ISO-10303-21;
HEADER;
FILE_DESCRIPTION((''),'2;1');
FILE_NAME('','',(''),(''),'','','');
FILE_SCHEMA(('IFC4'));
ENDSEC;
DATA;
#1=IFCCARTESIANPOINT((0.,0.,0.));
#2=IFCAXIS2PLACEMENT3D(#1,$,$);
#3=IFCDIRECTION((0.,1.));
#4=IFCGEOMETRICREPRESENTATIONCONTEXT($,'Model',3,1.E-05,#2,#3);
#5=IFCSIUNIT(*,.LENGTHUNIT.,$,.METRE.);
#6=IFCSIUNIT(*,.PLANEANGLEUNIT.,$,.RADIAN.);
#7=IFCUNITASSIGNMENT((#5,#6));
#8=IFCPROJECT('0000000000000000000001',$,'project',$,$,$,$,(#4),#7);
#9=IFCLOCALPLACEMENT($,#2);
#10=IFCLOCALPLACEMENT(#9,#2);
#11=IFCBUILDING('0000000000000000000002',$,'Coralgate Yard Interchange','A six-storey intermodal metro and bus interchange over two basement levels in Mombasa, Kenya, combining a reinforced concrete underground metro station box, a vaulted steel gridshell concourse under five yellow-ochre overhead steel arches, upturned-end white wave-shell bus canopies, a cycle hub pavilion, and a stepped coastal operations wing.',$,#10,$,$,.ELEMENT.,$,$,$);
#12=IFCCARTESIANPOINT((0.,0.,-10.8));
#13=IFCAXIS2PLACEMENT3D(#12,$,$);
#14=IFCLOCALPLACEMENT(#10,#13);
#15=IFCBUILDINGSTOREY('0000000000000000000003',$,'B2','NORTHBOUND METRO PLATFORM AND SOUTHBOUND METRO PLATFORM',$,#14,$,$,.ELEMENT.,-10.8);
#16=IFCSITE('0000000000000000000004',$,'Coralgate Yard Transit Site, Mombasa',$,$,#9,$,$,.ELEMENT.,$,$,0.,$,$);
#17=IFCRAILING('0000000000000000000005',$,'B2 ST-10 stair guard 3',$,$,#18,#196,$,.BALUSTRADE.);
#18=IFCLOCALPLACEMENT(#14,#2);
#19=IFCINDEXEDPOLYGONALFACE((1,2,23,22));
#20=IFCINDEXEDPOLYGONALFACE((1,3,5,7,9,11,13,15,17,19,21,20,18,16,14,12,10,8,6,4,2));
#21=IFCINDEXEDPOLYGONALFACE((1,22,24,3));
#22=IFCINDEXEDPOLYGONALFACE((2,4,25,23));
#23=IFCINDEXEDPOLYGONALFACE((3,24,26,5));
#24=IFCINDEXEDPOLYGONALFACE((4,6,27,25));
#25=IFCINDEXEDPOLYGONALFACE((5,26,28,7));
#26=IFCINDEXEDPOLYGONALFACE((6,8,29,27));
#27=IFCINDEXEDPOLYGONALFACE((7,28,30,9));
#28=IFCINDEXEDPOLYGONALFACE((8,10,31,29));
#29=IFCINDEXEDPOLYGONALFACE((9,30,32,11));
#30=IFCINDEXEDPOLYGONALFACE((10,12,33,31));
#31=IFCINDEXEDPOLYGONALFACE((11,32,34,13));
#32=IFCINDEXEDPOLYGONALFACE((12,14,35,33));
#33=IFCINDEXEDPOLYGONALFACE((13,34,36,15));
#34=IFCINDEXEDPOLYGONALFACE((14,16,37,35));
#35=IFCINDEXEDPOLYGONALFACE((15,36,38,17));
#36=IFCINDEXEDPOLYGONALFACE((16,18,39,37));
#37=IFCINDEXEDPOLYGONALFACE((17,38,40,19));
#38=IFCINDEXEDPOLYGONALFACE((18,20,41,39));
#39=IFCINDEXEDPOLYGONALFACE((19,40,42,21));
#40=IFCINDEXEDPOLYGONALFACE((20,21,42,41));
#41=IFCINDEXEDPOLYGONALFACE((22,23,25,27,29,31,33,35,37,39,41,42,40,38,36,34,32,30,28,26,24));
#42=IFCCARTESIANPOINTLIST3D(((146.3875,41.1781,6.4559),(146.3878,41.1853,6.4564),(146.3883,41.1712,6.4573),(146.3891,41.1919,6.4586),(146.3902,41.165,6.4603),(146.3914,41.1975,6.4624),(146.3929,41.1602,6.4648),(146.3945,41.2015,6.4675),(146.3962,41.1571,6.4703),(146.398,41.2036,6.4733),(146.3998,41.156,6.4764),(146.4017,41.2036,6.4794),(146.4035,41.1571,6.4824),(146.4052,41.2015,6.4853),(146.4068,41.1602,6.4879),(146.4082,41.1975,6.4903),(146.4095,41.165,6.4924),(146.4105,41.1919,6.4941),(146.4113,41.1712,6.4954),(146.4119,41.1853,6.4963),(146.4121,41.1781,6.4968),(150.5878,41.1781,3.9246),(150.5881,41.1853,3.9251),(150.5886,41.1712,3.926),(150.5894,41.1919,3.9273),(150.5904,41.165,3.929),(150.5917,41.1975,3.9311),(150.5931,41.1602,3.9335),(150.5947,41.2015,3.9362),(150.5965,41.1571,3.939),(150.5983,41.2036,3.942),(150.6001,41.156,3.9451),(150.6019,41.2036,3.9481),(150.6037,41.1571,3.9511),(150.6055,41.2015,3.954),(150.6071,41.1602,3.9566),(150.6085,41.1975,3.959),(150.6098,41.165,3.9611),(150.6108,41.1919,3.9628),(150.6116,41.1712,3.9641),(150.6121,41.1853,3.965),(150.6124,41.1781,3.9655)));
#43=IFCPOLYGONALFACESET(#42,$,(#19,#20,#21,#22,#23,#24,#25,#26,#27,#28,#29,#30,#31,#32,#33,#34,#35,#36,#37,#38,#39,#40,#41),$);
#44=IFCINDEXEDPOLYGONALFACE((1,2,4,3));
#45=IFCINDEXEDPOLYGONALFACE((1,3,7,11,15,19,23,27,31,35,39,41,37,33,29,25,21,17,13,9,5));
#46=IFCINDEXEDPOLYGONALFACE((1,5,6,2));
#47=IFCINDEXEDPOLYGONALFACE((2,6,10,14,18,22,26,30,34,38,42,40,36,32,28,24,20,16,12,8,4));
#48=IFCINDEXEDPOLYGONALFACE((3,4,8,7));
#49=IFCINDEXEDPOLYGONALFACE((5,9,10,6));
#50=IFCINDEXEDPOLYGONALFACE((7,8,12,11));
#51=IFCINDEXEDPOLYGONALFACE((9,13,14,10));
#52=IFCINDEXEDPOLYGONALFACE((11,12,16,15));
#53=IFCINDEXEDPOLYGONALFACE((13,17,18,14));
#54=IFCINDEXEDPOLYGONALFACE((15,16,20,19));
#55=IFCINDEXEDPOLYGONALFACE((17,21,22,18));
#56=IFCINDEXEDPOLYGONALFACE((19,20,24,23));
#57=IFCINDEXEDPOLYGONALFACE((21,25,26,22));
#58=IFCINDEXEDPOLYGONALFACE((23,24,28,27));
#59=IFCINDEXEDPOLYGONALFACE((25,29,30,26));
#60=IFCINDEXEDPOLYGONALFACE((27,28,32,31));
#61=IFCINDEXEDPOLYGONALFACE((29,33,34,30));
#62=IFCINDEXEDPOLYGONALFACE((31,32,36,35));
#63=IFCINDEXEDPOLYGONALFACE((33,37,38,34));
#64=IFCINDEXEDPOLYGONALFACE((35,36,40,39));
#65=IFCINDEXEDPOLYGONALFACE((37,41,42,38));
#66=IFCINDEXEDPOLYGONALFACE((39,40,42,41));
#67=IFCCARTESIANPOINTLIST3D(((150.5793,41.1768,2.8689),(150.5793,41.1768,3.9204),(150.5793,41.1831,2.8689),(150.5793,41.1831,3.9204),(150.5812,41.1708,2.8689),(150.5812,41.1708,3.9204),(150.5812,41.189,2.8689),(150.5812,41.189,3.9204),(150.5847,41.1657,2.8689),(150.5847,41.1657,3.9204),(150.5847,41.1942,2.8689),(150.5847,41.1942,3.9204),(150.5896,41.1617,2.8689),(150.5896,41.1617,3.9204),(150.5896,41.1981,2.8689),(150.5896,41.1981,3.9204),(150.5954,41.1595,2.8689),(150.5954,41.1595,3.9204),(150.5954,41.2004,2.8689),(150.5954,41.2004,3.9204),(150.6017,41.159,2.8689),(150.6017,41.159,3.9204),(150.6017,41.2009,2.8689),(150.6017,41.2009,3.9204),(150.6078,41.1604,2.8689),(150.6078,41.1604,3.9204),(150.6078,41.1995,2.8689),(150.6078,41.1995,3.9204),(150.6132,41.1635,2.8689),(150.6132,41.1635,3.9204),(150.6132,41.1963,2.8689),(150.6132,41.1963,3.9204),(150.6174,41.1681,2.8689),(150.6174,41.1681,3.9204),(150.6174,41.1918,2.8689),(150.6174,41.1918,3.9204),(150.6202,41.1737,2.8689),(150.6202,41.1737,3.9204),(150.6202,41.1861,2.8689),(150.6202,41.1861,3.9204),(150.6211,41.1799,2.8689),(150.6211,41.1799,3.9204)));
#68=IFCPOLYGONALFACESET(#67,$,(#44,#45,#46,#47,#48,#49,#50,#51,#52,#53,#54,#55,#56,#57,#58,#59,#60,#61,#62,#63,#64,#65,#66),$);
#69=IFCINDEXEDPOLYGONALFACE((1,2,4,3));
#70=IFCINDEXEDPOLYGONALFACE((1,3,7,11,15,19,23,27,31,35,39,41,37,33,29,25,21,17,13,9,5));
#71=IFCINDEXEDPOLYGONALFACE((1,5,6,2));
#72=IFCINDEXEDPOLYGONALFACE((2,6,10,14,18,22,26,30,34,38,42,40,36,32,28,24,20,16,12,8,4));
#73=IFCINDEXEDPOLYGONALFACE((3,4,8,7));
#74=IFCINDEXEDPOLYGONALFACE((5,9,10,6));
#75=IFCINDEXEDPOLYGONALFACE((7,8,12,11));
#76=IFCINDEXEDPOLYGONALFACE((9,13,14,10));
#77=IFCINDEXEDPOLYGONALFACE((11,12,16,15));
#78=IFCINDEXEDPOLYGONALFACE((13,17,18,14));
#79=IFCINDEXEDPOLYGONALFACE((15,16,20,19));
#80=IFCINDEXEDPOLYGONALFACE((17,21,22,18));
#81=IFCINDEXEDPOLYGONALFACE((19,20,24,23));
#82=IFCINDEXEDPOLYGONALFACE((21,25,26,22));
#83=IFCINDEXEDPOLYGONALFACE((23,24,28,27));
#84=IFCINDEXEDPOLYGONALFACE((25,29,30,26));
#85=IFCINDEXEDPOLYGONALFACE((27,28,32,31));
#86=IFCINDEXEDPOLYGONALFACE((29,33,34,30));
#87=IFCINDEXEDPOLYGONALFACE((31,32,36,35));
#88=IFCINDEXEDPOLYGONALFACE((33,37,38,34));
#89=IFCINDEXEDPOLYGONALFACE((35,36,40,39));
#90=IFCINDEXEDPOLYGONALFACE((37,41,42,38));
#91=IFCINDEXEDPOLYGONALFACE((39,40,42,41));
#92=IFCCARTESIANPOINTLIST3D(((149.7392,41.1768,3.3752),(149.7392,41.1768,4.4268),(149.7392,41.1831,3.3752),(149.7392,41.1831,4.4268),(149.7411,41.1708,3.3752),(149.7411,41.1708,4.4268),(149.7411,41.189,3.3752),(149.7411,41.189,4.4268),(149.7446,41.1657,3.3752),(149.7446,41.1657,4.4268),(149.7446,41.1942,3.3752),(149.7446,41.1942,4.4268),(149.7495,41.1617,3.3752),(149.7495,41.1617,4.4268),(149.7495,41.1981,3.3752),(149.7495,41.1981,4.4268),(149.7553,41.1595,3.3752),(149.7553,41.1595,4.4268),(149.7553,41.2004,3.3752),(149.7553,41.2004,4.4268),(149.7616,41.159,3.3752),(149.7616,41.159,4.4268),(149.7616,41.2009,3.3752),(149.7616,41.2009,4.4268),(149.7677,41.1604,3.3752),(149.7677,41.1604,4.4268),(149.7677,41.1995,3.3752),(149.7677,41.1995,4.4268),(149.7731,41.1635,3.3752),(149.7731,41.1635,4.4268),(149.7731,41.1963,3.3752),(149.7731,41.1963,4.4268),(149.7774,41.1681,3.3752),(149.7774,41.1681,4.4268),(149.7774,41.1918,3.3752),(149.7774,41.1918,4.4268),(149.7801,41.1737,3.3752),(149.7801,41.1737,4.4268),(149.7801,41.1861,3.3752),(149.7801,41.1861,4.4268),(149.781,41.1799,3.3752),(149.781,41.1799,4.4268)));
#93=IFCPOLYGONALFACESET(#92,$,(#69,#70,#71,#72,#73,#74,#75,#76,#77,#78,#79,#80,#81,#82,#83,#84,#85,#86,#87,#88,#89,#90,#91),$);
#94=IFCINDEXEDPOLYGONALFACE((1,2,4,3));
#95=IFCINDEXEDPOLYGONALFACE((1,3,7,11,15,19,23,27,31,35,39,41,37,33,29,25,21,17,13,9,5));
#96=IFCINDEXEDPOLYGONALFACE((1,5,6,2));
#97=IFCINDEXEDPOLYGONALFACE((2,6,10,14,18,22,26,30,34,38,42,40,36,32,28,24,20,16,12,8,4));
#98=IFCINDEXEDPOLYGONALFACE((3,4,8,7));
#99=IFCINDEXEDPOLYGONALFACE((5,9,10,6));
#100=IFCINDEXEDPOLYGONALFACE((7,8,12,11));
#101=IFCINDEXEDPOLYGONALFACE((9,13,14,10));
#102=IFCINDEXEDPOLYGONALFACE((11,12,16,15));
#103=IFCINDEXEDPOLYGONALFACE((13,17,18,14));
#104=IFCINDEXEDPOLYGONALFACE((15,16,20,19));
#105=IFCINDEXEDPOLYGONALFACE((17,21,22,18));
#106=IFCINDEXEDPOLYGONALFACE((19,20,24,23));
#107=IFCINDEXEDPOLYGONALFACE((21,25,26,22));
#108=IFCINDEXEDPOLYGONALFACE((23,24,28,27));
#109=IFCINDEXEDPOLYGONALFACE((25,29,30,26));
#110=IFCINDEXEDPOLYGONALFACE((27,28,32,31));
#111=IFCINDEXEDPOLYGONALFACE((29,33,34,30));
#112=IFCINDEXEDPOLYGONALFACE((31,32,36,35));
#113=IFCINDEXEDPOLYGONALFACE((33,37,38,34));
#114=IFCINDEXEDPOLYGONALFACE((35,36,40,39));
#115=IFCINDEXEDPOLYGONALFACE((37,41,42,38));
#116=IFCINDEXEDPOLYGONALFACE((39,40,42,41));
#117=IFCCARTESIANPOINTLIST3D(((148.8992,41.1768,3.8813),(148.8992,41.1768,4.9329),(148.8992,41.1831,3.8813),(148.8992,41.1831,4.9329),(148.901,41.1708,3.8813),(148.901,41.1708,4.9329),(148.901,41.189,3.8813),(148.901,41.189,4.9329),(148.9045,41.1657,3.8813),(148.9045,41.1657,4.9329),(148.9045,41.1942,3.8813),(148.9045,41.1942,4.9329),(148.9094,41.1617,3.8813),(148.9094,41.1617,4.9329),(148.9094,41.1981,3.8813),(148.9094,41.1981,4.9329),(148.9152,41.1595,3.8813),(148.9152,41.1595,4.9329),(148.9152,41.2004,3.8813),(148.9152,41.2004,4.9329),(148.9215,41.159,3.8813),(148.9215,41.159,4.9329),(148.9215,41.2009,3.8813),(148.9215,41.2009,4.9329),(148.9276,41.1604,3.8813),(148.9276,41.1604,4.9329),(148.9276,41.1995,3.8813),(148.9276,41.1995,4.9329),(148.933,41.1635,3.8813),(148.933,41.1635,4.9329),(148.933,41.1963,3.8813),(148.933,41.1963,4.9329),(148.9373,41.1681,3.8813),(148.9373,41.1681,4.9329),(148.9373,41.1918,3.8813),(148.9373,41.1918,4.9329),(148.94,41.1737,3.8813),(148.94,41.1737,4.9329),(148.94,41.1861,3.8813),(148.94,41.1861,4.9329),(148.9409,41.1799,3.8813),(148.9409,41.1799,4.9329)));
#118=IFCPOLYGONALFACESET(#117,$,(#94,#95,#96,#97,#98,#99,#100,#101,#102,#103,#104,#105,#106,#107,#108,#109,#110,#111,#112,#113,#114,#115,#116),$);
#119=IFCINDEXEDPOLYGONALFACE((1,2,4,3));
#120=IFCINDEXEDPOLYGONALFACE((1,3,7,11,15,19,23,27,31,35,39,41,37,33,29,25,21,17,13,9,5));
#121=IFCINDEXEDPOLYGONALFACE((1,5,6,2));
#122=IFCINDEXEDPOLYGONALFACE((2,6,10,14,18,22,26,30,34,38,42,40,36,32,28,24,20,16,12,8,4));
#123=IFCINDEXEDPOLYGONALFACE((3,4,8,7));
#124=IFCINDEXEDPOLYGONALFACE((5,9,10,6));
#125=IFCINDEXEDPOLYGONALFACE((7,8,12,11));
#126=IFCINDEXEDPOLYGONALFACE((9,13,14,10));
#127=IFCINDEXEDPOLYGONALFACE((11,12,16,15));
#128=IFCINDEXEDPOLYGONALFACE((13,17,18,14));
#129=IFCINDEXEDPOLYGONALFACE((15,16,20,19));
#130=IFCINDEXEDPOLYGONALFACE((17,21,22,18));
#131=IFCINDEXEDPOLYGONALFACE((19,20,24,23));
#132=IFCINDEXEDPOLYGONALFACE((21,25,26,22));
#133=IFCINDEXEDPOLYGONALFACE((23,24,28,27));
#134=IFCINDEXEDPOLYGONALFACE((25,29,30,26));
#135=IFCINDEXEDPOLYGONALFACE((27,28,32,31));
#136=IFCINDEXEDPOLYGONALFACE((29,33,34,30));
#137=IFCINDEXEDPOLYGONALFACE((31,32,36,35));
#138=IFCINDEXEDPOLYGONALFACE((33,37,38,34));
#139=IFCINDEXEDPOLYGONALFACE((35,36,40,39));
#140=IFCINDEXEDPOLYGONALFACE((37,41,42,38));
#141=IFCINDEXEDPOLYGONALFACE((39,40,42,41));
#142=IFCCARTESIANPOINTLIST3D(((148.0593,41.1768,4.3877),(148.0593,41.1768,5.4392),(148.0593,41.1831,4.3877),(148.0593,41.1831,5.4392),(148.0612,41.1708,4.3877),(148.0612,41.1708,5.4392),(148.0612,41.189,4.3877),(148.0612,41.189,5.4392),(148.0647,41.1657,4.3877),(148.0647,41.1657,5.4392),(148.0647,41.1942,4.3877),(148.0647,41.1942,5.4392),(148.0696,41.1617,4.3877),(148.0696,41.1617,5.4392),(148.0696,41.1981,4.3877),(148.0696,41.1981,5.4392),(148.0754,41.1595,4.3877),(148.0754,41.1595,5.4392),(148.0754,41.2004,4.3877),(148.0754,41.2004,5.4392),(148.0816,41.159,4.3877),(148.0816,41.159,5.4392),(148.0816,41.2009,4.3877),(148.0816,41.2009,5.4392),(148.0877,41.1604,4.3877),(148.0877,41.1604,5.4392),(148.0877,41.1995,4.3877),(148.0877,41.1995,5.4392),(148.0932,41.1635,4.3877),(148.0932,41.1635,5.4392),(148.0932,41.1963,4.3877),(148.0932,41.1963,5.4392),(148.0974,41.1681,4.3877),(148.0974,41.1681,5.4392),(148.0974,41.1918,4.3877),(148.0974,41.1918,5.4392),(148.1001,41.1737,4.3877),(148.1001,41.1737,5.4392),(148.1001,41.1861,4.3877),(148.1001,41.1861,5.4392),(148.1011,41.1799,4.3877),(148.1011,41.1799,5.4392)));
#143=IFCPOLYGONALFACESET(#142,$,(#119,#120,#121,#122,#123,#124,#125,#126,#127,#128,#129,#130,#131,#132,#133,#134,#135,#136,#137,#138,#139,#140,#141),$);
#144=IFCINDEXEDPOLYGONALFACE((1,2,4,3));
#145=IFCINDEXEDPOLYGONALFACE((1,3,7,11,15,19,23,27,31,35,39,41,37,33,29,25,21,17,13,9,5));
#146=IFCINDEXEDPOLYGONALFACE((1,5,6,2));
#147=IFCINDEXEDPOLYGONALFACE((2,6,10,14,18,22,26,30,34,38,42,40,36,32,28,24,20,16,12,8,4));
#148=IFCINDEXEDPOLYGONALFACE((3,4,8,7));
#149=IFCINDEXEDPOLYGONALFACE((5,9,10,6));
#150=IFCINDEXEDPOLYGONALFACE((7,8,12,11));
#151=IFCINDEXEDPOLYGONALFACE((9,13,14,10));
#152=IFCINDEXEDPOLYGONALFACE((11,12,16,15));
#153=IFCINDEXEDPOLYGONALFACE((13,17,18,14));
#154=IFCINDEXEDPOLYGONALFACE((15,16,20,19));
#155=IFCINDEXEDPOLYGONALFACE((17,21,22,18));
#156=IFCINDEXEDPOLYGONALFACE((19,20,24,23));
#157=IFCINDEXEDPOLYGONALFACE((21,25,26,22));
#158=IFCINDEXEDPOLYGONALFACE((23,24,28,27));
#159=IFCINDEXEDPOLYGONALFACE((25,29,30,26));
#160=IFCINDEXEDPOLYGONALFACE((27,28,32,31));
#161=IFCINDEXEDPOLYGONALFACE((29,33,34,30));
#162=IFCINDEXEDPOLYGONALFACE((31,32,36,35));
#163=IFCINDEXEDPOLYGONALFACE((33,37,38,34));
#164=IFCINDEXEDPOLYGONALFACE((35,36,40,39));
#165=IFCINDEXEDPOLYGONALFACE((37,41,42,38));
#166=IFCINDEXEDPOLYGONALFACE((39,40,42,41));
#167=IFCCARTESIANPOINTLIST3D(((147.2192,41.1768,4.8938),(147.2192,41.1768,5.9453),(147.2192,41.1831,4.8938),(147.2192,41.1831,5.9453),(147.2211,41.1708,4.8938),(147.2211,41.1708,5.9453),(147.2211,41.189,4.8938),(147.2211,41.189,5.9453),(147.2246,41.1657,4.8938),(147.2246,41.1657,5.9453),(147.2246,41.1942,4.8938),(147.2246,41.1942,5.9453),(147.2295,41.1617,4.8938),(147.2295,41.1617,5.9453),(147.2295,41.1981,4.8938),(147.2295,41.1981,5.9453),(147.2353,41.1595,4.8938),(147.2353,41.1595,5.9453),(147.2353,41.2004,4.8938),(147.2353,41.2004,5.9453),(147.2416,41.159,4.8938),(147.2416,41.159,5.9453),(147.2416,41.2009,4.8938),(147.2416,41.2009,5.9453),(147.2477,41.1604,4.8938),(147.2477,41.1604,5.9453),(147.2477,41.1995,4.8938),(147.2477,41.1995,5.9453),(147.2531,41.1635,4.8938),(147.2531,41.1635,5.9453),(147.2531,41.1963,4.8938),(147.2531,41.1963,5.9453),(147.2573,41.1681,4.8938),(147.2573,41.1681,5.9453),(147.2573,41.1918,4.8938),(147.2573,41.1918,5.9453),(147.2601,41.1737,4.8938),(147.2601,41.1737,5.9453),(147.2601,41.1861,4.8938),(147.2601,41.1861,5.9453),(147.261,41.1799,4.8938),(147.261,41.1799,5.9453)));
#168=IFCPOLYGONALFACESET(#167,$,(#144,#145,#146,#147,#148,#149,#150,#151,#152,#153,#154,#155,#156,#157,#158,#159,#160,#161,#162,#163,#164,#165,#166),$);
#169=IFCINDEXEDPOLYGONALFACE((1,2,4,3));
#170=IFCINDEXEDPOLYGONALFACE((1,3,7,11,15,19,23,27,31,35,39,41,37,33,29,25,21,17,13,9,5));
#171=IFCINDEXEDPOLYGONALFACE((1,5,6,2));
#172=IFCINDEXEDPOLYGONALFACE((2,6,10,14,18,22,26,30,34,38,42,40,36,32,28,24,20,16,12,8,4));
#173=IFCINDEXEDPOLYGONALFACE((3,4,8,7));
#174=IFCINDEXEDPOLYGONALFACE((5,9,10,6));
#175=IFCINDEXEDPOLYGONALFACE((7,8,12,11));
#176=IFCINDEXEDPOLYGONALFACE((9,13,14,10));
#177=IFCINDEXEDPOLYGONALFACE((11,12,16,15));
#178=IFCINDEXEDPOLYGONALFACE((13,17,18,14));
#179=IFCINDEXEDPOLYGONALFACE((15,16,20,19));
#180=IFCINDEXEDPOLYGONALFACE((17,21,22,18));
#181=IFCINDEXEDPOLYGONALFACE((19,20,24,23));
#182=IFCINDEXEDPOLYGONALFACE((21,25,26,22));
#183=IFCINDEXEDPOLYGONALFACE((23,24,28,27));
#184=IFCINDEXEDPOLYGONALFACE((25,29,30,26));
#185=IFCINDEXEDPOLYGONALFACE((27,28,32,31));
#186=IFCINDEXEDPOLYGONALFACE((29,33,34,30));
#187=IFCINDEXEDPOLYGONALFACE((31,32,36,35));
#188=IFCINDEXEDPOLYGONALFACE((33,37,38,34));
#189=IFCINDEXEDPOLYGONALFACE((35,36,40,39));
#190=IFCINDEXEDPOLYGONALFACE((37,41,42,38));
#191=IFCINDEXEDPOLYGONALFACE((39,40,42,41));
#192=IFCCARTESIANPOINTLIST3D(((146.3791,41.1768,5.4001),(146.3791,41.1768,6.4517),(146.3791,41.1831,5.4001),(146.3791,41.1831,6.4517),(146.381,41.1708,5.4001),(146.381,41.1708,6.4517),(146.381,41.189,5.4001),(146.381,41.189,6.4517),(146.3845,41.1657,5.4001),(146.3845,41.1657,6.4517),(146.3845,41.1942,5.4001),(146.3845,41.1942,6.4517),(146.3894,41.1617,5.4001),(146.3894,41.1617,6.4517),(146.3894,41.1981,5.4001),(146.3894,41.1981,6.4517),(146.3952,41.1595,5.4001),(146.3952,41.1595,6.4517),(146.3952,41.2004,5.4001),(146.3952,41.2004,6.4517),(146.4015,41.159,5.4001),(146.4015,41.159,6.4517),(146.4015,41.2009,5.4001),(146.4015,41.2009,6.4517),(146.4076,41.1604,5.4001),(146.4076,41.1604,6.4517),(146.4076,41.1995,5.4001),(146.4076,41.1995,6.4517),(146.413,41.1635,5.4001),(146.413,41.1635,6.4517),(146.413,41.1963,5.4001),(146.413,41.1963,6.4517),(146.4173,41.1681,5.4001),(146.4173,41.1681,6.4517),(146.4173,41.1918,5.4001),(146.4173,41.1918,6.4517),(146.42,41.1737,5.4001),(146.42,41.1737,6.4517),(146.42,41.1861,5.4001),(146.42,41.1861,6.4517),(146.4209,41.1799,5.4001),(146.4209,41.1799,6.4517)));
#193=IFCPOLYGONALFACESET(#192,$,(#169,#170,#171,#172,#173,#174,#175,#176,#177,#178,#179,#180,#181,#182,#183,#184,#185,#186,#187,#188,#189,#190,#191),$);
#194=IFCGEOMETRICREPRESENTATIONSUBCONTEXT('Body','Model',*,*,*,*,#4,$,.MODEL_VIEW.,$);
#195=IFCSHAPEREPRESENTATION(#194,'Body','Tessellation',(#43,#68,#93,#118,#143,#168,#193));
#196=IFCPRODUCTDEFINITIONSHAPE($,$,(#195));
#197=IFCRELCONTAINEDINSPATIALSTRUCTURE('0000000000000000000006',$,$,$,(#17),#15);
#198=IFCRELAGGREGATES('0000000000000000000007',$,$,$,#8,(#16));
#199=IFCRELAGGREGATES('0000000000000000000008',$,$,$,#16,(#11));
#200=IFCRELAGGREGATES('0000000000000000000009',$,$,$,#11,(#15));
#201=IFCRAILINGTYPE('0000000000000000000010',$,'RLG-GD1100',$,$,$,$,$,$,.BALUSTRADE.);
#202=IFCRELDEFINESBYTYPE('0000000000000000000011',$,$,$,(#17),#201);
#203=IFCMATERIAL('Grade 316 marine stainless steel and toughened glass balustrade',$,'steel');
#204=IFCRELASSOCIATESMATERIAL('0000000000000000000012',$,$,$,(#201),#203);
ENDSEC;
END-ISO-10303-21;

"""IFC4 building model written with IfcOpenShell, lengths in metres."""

from ifc_helpers import new_model, si_unit, direction, frame, origin, origin_2d, place, context, subcontext, project, spatial, circle, extrude, material, type_object, element, save


model = new_model("IFC4")

# Units and contexts
model_context = context("Model", 3, precision=1e-05, world=origin(), true_north=direction((0.0, 1.0)))
body_context = subcontext(model_context, "Body", "Model", "MODEL_VIEW")
ifc_project = project(units=[si_unit("LENGTHUNIT", "METRE"), si_unit("PLANEANGLEUNIT", "RADIAN")], contexts=[model_context])

# Site, building, storey
site_placement = place(None, origin())
site = spatial("IfcSite", under=ifc_project, at=site_placement, Name="Coralgate Yard Transit Site, Mombasa", CompositionType="ELEMENT", RefElevation=0.0)
building_placement = place(site_placement, origin())
building = spatial("IfcBuilding", under=site, at=building_placement, Name="Coralgate Yard Interchange", Description="A six-storey intermodal metro and bus interchange over two basement levels in Mombasa, Kenya, combining a reinforced concrete underground metro station box, a vaulted steel gridshell concourse under five yellow-ochre overhead steel arches, upturned-end white wave-shell bus canopies, a cycle hub pavilion, and a stepped coastal operations wing.", CompositionType="ELEMENT")
storey_placement = place(building_placement, frame((0.0, 0.0, -10.8)))
storey = spatial("IfcBuildingStorey", under=building, at=storey_placement, Name="B2", Description="NORTHBOUND METRO PLATFORM AND SOUTHBOUND METRO PLATFORM", CompositionType="ELEMENT", Elevation=-10.8)

# Railing
ifc_material_1 = material(Name="Grade 316 marine stainless steel and toughened glass balustrade", Category="steel")
railing_type_1 = type_object("IfcRailingType", Name="RLG-GD1100", PredefinedType="BALUSTRADE", material=ifc_material_1)
railing_1_placement = place(storey_placement, frame((150.6001, 41.1799, 2.8689)))
element("IfcRailing", 1, at=railing_1_placement, inside=storey, type_object=railing_type_1, Name="B2 ST-10 stair guard 3", PredefinedType="BALUSTRADE", context=body_context, shape_type="SweptSolid", body=[
    extrude(circle(Radius=0.0239, at=origin_2d()), frame((0.0, 0.0, 1.0762), z_axis=(-0.85649, 0.0, 0.516164), x_axis=(0.0, -1.0, 0.0)), (0.0, 0.0, 1.0), 4.9041),
    extrude(circle(Radius=0.021, at=origin_2d()), origin(), (0.0, 0.0, 1.0), 1.0515),
    extrude(circle(Radius=0.021, at=origin_2d()), frame((-0.8401, 0.0, 0.5063)), (0.0, 0.0, 1.0), 1.0515),
    extrude(circle(Radius=0.021, at=origin_2d()), frame((-1.6802, 0.0, 1.0125)), (0.0, 0.0, 1.0), 1.0515),
    extrude(circle(Radius=0.021, at=origin_2d()), frame((-2.52, 0.0, 1.5188)), (0.0, 0.0, 1.0), 1.0515),
    extrude(circle(Radius=0.021, at=origin_2d()), frame((-3.3601, 0.0, 2.0249)), (0.0, 0.0, 1.0), 1.0515),
    extrude(circle(Radius=0.021, at=origin_2d()), frame((-4.2002, 0.0, 2.5312)), (0.0, 0.0, 1.0), 1.0515),
])

save(model, "model.ifc")
